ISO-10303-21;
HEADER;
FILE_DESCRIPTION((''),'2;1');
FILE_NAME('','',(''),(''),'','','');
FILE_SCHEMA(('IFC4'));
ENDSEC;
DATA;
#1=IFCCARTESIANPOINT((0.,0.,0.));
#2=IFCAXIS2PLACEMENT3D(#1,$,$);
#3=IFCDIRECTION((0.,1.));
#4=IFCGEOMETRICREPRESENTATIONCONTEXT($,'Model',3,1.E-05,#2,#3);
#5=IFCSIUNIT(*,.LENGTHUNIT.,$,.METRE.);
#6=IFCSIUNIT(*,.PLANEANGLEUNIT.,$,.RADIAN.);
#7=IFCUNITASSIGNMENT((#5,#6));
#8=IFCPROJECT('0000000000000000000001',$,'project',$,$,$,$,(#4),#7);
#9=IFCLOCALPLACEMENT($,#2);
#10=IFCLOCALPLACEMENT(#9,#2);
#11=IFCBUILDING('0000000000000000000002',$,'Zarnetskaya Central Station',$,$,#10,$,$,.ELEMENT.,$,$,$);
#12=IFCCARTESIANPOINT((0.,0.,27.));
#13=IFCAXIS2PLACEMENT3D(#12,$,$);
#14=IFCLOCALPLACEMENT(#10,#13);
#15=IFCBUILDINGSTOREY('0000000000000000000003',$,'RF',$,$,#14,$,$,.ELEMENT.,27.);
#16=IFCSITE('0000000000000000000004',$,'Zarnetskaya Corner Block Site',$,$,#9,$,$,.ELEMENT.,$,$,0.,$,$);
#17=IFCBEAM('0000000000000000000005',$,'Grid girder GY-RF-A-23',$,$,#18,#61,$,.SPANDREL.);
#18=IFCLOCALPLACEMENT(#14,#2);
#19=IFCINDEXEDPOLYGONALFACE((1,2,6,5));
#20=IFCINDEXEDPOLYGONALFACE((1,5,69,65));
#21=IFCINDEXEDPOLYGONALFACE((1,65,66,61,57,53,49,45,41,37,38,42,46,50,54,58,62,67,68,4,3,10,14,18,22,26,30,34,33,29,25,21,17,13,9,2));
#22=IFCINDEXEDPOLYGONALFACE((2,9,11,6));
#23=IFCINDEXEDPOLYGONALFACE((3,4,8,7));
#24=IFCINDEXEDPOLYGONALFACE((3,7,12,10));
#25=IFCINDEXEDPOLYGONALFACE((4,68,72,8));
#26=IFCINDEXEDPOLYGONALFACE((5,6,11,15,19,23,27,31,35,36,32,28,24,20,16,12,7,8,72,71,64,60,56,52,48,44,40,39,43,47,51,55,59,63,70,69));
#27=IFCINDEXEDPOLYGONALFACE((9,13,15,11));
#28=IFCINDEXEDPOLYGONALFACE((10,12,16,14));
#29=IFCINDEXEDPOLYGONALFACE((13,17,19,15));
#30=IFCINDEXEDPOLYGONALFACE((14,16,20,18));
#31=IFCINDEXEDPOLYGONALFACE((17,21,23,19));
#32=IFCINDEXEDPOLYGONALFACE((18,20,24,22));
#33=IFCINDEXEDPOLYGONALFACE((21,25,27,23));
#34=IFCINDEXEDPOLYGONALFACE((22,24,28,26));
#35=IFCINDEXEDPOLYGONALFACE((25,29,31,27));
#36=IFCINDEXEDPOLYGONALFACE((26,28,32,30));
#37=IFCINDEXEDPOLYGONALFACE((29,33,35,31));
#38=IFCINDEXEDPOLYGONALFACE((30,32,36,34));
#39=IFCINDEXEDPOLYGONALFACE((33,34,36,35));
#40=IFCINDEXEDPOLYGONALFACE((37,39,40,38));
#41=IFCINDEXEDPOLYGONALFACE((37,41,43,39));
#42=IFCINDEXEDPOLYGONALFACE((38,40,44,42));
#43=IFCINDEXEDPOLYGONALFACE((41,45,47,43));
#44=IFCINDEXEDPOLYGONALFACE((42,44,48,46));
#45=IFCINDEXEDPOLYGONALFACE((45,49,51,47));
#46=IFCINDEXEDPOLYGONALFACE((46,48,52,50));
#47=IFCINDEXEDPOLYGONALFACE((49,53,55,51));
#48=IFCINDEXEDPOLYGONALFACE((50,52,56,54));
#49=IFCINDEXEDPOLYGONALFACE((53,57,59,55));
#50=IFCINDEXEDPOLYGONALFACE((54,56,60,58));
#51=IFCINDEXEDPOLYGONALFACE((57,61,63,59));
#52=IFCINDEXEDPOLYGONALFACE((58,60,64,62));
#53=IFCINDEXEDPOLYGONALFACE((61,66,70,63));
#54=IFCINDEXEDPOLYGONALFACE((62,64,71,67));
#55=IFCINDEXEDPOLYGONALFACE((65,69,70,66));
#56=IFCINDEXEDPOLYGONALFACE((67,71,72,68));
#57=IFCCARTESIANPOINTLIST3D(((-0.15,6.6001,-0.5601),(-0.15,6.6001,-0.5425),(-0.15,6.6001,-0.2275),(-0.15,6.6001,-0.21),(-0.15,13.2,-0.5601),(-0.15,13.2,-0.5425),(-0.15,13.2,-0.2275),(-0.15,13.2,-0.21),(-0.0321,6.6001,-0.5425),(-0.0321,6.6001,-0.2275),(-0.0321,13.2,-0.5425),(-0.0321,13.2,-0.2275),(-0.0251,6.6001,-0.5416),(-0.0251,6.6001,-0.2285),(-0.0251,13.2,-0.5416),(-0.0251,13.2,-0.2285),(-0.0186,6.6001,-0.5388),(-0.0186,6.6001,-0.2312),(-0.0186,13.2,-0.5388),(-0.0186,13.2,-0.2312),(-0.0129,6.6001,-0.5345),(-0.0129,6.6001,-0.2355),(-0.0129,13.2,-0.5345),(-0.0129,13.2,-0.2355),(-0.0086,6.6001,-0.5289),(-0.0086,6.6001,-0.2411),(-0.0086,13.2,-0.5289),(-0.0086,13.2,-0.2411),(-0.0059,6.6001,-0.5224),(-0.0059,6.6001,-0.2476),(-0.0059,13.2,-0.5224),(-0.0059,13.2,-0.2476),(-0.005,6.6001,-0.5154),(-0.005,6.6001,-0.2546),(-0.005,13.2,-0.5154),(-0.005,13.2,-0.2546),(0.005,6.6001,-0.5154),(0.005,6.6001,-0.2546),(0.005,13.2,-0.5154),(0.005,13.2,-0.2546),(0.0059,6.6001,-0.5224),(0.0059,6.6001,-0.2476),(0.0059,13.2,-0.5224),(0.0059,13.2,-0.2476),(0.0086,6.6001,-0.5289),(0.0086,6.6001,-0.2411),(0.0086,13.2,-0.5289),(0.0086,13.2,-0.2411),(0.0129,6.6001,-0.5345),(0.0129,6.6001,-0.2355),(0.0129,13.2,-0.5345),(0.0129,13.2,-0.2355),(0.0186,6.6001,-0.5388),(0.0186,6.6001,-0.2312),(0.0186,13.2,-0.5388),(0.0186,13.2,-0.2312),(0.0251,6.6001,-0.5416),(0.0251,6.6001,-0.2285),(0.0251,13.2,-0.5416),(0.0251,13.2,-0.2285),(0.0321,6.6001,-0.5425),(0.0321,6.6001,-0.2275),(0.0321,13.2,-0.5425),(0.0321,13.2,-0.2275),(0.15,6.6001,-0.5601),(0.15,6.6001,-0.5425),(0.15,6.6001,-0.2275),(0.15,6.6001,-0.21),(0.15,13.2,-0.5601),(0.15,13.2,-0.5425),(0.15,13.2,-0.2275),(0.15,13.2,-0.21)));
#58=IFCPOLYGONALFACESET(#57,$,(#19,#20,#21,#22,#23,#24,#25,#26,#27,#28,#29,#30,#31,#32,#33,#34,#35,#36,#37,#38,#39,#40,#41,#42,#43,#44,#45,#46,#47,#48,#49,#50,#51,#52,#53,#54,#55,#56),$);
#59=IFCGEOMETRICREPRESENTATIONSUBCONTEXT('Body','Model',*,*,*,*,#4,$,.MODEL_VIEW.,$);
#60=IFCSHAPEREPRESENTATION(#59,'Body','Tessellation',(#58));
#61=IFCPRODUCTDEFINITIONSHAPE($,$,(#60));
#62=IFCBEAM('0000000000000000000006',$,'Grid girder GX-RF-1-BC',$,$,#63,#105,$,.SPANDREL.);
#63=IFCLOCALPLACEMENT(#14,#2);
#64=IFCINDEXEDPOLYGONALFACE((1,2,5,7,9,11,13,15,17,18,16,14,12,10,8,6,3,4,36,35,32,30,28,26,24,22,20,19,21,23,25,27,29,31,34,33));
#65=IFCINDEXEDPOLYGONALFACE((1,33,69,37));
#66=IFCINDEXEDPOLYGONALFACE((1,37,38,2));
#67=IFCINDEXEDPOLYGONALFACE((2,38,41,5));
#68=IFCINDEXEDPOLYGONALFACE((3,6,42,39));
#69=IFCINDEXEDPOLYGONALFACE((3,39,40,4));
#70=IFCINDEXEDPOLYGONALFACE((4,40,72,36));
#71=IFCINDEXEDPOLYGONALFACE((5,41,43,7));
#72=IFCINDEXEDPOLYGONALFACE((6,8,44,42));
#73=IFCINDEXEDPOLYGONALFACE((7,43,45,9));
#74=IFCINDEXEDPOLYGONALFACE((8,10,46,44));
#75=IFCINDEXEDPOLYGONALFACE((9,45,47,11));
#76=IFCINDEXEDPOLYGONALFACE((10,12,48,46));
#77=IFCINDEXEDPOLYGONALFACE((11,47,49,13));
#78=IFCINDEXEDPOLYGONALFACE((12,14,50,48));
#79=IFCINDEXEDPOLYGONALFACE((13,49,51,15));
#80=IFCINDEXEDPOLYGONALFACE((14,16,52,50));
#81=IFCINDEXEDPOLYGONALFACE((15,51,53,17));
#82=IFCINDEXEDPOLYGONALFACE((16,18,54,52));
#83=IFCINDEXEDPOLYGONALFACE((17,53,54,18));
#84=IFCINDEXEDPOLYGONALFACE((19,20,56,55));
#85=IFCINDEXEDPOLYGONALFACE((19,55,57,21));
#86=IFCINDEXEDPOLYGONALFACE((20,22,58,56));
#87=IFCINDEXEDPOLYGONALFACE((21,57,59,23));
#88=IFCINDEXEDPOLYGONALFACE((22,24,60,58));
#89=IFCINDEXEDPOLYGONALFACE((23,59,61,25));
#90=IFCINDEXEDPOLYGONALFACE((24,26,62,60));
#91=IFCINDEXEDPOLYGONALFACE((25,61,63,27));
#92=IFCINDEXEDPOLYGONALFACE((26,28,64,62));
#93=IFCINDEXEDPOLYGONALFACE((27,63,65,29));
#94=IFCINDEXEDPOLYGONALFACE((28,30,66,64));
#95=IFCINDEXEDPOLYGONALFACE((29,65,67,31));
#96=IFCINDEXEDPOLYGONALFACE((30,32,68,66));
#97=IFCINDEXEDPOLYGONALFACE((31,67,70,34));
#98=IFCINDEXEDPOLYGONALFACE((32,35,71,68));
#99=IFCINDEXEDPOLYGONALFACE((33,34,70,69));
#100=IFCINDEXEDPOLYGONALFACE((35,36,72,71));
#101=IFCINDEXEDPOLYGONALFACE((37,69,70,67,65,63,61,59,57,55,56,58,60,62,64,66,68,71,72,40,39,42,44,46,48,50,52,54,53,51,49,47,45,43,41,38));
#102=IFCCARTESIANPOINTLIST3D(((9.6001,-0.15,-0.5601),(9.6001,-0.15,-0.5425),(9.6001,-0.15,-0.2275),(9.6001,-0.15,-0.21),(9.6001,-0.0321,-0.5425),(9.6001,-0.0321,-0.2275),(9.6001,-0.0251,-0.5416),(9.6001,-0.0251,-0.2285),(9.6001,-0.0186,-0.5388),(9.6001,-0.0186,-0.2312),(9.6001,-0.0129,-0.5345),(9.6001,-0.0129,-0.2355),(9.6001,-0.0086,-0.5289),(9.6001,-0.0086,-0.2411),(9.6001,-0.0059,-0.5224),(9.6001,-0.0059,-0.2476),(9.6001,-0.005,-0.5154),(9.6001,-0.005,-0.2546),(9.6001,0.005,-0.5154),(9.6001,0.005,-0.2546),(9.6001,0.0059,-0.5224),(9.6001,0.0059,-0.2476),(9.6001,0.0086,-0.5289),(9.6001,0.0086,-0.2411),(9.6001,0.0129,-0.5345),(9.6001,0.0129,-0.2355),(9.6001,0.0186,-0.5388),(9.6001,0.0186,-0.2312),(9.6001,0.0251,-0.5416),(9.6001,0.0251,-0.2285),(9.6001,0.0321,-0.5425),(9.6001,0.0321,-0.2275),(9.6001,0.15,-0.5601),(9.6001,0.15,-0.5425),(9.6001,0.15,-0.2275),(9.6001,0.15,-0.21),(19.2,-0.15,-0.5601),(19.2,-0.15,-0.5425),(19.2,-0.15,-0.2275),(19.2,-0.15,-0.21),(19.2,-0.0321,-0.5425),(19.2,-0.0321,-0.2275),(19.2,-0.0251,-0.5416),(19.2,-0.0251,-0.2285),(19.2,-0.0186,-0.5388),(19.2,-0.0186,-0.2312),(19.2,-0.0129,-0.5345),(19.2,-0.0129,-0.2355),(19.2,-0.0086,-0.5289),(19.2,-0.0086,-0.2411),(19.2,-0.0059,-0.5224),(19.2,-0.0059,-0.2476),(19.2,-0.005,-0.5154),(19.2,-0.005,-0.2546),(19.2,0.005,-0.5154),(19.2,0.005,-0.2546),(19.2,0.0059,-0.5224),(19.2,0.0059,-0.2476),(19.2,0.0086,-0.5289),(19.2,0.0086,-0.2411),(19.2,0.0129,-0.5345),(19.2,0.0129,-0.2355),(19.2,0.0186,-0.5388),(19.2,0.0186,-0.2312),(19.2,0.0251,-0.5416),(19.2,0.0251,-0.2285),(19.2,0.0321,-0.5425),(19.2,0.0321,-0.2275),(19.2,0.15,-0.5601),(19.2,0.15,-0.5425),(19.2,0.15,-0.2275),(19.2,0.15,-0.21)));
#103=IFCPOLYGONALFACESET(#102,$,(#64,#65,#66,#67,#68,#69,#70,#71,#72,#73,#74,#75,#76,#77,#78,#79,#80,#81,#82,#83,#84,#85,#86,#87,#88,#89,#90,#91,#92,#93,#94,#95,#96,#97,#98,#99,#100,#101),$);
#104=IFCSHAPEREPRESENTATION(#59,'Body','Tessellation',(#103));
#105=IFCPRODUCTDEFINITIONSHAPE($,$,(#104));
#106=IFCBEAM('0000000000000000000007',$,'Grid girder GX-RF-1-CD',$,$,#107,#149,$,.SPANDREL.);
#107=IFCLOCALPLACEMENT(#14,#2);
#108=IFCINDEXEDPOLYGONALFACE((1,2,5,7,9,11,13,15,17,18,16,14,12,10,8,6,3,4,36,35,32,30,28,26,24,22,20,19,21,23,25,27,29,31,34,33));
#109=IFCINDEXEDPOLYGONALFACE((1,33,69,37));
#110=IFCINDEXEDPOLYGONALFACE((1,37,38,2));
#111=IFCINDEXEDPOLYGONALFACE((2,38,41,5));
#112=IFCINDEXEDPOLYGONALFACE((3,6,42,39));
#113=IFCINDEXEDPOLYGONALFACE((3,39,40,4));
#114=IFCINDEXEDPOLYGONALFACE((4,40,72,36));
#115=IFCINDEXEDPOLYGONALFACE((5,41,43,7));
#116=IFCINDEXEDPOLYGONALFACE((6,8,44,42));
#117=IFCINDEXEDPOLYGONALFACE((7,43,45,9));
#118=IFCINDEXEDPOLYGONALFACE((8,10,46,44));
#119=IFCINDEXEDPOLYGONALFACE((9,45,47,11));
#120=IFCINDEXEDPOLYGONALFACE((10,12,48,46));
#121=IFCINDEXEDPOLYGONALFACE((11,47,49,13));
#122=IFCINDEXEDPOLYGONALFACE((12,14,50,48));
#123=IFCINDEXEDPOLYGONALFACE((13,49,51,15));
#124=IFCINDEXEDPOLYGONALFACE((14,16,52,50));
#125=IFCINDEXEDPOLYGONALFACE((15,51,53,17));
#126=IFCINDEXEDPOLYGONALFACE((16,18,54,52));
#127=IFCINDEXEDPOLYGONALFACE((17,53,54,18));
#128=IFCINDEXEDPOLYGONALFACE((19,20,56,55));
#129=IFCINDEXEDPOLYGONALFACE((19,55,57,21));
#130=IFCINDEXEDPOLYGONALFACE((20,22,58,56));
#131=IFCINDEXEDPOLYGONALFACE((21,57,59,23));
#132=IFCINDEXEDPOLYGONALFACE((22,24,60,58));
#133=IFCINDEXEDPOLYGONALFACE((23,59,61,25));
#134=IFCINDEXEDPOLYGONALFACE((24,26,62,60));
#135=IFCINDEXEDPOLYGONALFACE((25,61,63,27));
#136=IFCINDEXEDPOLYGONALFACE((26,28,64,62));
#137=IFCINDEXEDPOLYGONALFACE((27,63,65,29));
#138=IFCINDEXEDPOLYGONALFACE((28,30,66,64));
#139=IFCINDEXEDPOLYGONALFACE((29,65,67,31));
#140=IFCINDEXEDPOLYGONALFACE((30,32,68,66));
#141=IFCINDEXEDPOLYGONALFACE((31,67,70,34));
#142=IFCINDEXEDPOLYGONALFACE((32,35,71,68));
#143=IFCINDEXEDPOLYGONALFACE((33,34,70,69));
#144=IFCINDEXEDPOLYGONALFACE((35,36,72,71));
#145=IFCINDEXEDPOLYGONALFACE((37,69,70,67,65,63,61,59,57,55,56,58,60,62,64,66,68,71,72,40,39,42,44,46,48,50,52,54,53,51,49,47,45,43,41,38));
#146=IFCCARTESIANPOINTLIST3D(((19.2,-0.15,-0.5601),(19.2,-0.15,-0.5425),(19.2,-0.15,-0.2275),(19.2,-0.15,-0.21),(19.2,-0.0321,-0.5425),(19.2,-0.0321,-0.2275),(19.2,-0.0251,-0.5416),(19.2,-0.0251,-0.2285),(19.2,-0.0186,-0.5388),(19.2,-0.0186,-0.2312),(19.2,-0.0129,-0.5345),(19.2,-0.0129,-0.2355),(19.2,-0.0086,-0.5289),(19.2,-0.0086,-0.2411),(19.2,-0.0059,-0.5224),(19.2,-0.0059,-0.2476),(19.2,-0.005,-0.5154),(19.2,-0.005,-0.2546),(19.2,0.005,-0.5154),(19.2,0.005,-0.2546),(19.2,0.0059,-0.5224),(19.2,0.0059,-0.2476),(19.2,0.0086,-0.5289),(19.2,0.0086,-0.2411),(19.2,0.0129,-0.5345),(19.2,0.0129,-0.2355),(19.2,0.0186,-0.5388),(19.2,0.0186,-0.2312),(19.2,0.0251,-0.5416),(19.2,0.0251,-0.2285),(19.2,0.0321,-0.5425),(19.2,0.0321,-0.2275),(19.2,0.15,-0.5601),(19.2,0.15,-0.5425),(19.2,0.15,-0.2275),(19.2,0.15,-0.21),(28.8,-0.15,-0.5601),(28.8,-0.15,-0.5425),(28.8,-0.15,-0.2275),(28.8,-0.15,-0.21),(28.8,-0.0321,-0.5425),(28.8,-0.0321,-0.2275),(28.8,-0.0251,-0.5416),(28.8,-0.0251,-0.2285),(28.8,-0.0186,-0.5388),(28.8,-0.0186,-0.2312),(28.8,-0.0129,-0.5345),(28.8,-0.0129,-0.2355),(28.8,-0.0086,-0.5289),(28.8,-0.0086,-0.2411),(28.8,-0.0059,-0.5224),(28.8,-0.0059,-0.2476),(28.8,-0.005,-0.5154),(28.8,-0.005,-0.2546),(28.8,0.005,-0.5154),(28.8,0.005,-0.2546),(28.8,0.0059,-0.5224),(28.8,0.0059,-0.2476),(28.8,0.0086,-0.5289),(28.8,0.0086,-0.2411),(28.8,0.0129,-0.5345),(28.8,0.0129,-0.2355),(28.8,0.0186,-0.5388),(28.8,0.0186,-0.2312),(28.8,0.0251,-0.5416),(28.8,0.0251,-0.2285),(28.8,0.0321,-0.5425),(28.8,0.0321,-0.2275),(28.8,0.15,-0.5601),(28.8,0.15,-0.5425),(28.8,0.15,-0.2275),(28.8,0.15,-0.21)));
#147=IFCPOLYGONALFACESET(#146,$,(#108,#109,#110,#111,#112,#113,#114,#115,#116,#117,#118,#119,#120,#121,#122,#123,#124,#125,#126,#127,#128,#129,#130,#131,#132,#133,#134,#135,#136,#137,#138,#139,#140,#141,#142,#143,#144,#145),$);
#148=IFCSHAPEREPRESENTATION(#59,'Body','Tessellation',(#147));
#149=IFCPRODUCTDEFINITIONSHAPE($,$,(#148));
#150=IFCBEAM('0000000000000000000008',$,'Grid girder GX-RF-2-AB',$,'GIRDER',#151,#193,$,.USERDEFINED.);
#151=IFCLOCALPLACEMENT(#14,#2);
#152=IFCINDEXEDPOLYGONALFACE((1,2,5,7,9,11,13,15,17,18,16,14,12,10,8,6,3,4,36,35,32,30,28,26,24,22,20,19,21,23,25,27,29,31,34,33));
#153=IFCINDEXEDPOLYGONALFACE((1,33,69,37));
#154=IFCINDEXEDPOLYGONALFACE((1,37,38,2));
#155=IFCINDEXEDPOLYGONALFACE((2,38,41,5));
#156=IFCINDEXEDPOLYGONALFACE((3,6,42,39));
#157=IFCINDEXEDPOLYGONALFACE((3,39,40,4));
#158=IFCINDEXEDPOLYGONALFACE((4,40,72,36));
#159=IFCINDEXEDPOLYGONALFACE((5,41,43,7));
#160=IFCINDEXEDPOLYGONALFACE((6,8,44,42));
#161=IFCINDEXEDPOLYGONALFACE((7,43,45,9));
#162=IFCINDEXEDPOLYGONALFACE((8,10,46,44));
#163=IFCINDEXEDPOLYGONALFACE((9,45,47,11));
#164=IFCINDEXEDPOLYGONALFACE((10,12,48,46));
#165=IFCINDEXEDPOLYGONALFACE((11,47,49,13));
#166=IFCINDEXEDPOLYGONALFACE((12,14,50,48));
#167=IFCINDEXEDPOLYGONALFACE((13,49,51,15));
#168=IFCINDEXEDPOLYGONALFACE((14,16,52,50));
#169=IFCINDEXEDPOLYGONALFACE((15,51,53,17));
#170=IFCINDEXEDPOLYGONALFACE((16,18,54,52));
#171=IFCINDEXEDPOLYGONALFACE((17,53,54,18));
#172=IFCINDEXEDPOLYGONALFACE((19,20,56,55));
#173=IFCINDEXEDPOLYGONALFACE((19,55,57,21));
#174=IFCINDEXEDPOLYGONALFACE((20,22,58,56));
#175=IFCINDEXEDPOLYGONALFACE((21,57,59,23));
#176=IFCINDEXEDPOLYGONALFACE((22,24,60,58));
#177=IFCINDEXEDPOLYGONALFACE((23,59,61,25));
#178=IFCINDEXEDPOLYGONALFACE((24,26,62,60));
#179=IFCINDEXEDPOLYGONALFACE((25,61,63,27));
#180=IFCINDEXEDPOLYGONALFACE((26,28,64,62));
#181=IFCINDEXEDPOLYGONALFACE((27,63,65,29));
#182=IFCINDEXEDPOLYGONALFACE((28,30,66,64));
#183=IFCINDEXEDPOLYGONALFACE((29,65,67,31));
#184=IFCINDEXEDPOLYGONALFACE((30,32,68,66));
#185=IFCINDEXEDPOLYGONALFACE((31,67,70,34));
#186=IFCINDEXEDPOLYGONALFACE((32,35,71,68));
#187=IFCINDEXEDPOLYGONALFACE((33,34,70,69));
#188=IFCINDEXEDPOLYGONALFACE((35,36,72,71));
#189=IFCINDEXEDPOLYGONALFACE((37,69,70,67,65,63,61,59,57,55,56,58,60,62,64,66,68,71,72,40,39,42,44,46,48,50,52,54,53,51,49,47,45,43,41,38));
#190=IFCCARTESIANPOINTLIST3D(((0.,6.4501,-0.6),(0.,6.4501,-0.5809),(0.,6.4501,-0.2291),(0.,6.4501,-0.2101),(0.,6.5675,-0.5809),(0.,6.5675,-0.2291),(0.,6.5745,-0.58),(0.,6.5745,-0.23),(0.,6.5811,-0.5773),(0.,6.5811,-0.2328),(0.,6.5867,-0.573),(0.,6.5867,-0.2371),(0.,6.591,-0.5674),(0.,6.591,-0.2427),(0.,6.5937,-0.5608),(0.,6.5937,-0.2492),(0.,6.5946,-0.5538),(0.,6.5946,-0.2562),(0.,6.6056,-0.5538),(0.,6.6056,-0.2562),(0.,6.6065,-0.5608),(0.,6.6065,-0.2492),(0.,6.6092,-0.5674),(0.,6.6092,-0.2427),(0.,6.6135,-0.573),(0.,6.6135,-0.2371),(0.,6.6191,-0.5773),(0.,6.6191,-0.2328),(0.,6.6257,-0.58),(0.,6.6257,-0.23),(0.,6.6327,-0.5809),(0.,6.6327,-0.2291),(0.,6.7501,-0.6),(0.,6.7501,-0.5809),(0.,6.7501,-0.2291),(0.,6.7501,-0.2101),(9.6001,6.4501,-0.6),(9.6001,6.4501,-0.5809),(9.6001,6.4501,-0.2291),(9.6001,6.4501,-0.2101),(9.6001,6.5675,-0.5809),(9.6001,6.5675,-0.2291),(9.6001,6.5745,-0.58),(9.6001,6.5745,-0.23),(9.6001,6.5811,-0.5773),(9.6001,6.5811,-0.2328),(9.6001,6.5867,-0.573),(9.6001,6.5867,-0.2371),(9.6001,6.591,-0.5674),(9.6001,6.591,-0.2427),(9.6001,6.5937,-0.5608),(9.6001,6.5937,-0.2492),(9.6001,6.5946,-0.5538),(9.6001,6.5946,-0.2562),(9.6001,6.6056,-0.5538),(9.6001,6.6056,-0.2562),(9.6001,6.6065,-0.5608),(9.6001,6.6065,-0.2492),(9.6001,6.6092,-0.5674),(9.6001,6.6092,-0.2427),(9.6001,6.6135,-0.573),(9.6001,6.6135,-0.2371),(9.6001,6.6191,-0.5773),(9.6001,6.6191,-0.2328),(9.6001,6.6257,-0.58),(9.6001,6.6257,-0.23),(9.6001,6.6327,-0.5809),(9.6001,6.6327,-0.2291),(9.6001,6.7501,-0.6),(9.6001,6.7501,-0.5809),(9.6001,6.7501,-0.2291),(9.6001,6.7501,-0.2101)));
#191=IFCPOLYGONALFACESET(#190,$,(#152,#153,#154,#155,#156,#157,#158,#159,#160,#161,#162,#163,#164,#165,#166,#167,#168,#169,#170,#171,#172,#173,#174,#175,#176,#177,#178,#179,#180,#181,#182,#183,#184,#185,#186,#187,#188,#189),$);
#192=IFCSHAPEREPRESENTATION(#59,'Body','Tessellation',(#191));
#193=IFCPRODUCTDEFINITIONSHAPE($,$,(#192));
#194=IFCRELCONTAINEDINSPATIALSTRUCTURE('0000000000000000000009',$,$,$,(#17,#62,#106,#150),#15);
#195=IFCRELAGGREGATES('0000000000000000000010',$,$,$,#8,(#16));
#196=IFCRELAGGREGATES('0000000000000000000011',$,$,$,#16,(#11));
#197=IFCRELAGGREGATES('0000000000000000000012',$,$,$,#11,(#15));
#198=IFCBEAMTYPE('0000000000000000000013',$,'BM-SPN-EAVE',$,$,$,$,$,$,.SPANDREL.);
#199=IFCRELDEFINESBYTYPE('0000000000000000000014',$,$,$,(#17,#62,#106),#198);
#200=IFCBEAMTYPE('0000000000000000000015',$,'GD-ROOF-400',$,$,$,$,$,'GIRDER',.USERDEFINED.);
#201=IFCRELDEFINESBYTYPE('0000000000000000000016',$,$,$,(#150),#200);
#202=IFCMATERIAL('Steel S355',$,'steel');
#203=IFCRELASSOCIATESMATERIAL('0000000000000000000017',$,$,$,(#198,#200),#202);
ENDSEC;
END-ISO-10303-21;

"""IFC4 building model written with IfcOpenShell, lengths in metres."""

from ifc_helpers import new_model, si_unit, direction, frame, origin, origin_2d, place, context, subcontext, project, spatial, i_section, extrude, material, material_profile, profile_set, type_object, element, save


model = new_model("IFC4")

# Units and contexts
model_context = context("Model", 3, precision=1e-05, world=origin(), true_north=direction((0.0, 1.0)))
body_context = subcontext(model_context, "Body", "Model", "MODEL_VIEW")
ifc_project = project(units=[si_unit("LENGTHUNIT", "METRE"), si_unit("PLANEANGLEUNIT", "RADIAN")], contexts=[model_context])

# Site, building, storey
site_placement = place(None, origin())
site = spatial("IfcSite", under=ifc_project, at=site_placement, Name="Zarnetskaya Corner Block Site", CompositionType="ELEMENT", RefElevation=0.0)
building_placement = place(site_placement, origin())
building = spatial("IfcBuilding", under=site, at=building_placement, Name="Zarnetskaya Central Station", CompositionType="ELEMENT")
storey_placement = place(building_placement, frame((0.0, 0.0, 27.0)))
storey = spatial("IfcBuildingStorey", under=building, at=storey_placement, Name="RF", CompositionType="ELEMENT", Elevation=27.0)

# Beams
ifc_material_1 = material(Name="Steel S355", Category="steel")
ifc_material_profile_1 = material_profile(ifc_material_1, i_section(OverallWidth=0.3, OverallDepth=0.3501, WebThickness=0.01, FlangeThickness=0.0176, FilletRadius=0.0271, at=origin_2d()), Name="HEA 360")
ifc_profile_set_1 = profile_set([ifc_material_profile_1], Name="Steel S355")
beam_type_1 = type_object("IfcBeamType", Name="BM-SPN-EAVE", PredefinedType="SPANDREL", material=ifc_profile_set_1)
beam_1_placement = place(storey_placement, frame((0.0, 6.6001, -0.385), z_axis=(0.0, 1.0, 0.0), x_axis=(-1.0, 0.0, 0.0)))
element("IfcBeam", 1, at=beam_1_placement, inside=storey, type_object=beam_type_1, Name="Grid girder GY-RF-A-23", PredefinedType="SPANDREL", context=body_context, shape_type="SweptSolid", body=[
    extrude(i_section(OverallWidth=0.3, OverallDepth=0.3501, WebThickness=0.01, FlangeThickness=0.0176, FilletRadius=0.0271, at=origin_2d()), origin(), (0.0, 0.0, 1.0), 6.5999),
])
beam_2_placement = place(storey_placement, frame((9.6001, 0.0, -0.385), z_axis=(1.0, 0.0, 0.0), x_axis=(0.0, 1.0, 0.0)))
element("IfcBeam", 2, at=beam_2_placement, inside=storey, type_object=beam_type_1, Name="Grid girder GX-RF-1-BC", PredefinedType="SPANDREL", context=body_context, shape_type="SweptSolid", body=[
    extrude(i_section(OverallWidth=0.3, OverallDepth=0.3501, WebThickness=0.01, FlangeThickness=0.0176, FilletRadius=0.0271, at=origin_2d()), origin(), (0.0, 0.0, 1.0), 9.5999),
])
beam_3_placement = place(storey_placement, frame((19.2, 0.0, -0.385), z_axis=(1.0, 0.0, 0.0), x_axis=(0.0, 1.0, 0.0)))
element("IfcBeam", 3, at=beam_3_placement, inside=storey, type_object=beam_type_1, Name="Grid girder GX-RF-1-CD", PredefinedType="SPANDREL", context=body_context, shape_type="SweptSolid", body=[
    extrude(i_section(OverallWidth=0.3, OverallDepth=0.3501, WebThickness=0.01, FlangeThickness=0.0176, FilletRadius=0.0271, at=origin_2d()), origin(), (0.0, 0.0, 1.0), 9.6001),
])
ifc_material_profile_2 = material_profile(ifc_material_1, i_section(OverallWidth=0.3, OverallDepth=0.3899, WebThickness=0.011, FlangeThickness=0.019, FilletRadius=0.0271, at=origin_2d()), Name="HEA 400")
ifc_profile_set_2 = profile_set([ifc_material_profile_2], Name="Steel S355")
beam_type_2 = type_object("IfcBeamType", Name="GD-ROOF-400", ElementType="GIRDER", PredefinedType="USERDEFINED", material=ifc_profile_set_2)
beam_4_placement = place(storey_placement, frame((0.0, 6.6001, -0.405), z_axis=(1.0, 0.0, 0.0), x_axis=(0.0, 1.0, 0.0)))
element("IfcBeam", 4, at=beam_4_placement, inside=storey, type_object=beam_type_2, Name="Grid girder GX-RF-2-AB", ObjectType="GIRDER", PredefinedType="USERDEFINED", context=body_context, shape_type="SweptSolid", body=[
    extrude(i_section(OverallWidth=0.3, OverallDepth=0.3899, WebThickness=0.011, FlangeThickness=0.019, FilletRadius=0.0271, at=origin_2d()), origin(), (0.0, 0.0, 1.0), 9.6001),
])

save(model, "model.ifc")
